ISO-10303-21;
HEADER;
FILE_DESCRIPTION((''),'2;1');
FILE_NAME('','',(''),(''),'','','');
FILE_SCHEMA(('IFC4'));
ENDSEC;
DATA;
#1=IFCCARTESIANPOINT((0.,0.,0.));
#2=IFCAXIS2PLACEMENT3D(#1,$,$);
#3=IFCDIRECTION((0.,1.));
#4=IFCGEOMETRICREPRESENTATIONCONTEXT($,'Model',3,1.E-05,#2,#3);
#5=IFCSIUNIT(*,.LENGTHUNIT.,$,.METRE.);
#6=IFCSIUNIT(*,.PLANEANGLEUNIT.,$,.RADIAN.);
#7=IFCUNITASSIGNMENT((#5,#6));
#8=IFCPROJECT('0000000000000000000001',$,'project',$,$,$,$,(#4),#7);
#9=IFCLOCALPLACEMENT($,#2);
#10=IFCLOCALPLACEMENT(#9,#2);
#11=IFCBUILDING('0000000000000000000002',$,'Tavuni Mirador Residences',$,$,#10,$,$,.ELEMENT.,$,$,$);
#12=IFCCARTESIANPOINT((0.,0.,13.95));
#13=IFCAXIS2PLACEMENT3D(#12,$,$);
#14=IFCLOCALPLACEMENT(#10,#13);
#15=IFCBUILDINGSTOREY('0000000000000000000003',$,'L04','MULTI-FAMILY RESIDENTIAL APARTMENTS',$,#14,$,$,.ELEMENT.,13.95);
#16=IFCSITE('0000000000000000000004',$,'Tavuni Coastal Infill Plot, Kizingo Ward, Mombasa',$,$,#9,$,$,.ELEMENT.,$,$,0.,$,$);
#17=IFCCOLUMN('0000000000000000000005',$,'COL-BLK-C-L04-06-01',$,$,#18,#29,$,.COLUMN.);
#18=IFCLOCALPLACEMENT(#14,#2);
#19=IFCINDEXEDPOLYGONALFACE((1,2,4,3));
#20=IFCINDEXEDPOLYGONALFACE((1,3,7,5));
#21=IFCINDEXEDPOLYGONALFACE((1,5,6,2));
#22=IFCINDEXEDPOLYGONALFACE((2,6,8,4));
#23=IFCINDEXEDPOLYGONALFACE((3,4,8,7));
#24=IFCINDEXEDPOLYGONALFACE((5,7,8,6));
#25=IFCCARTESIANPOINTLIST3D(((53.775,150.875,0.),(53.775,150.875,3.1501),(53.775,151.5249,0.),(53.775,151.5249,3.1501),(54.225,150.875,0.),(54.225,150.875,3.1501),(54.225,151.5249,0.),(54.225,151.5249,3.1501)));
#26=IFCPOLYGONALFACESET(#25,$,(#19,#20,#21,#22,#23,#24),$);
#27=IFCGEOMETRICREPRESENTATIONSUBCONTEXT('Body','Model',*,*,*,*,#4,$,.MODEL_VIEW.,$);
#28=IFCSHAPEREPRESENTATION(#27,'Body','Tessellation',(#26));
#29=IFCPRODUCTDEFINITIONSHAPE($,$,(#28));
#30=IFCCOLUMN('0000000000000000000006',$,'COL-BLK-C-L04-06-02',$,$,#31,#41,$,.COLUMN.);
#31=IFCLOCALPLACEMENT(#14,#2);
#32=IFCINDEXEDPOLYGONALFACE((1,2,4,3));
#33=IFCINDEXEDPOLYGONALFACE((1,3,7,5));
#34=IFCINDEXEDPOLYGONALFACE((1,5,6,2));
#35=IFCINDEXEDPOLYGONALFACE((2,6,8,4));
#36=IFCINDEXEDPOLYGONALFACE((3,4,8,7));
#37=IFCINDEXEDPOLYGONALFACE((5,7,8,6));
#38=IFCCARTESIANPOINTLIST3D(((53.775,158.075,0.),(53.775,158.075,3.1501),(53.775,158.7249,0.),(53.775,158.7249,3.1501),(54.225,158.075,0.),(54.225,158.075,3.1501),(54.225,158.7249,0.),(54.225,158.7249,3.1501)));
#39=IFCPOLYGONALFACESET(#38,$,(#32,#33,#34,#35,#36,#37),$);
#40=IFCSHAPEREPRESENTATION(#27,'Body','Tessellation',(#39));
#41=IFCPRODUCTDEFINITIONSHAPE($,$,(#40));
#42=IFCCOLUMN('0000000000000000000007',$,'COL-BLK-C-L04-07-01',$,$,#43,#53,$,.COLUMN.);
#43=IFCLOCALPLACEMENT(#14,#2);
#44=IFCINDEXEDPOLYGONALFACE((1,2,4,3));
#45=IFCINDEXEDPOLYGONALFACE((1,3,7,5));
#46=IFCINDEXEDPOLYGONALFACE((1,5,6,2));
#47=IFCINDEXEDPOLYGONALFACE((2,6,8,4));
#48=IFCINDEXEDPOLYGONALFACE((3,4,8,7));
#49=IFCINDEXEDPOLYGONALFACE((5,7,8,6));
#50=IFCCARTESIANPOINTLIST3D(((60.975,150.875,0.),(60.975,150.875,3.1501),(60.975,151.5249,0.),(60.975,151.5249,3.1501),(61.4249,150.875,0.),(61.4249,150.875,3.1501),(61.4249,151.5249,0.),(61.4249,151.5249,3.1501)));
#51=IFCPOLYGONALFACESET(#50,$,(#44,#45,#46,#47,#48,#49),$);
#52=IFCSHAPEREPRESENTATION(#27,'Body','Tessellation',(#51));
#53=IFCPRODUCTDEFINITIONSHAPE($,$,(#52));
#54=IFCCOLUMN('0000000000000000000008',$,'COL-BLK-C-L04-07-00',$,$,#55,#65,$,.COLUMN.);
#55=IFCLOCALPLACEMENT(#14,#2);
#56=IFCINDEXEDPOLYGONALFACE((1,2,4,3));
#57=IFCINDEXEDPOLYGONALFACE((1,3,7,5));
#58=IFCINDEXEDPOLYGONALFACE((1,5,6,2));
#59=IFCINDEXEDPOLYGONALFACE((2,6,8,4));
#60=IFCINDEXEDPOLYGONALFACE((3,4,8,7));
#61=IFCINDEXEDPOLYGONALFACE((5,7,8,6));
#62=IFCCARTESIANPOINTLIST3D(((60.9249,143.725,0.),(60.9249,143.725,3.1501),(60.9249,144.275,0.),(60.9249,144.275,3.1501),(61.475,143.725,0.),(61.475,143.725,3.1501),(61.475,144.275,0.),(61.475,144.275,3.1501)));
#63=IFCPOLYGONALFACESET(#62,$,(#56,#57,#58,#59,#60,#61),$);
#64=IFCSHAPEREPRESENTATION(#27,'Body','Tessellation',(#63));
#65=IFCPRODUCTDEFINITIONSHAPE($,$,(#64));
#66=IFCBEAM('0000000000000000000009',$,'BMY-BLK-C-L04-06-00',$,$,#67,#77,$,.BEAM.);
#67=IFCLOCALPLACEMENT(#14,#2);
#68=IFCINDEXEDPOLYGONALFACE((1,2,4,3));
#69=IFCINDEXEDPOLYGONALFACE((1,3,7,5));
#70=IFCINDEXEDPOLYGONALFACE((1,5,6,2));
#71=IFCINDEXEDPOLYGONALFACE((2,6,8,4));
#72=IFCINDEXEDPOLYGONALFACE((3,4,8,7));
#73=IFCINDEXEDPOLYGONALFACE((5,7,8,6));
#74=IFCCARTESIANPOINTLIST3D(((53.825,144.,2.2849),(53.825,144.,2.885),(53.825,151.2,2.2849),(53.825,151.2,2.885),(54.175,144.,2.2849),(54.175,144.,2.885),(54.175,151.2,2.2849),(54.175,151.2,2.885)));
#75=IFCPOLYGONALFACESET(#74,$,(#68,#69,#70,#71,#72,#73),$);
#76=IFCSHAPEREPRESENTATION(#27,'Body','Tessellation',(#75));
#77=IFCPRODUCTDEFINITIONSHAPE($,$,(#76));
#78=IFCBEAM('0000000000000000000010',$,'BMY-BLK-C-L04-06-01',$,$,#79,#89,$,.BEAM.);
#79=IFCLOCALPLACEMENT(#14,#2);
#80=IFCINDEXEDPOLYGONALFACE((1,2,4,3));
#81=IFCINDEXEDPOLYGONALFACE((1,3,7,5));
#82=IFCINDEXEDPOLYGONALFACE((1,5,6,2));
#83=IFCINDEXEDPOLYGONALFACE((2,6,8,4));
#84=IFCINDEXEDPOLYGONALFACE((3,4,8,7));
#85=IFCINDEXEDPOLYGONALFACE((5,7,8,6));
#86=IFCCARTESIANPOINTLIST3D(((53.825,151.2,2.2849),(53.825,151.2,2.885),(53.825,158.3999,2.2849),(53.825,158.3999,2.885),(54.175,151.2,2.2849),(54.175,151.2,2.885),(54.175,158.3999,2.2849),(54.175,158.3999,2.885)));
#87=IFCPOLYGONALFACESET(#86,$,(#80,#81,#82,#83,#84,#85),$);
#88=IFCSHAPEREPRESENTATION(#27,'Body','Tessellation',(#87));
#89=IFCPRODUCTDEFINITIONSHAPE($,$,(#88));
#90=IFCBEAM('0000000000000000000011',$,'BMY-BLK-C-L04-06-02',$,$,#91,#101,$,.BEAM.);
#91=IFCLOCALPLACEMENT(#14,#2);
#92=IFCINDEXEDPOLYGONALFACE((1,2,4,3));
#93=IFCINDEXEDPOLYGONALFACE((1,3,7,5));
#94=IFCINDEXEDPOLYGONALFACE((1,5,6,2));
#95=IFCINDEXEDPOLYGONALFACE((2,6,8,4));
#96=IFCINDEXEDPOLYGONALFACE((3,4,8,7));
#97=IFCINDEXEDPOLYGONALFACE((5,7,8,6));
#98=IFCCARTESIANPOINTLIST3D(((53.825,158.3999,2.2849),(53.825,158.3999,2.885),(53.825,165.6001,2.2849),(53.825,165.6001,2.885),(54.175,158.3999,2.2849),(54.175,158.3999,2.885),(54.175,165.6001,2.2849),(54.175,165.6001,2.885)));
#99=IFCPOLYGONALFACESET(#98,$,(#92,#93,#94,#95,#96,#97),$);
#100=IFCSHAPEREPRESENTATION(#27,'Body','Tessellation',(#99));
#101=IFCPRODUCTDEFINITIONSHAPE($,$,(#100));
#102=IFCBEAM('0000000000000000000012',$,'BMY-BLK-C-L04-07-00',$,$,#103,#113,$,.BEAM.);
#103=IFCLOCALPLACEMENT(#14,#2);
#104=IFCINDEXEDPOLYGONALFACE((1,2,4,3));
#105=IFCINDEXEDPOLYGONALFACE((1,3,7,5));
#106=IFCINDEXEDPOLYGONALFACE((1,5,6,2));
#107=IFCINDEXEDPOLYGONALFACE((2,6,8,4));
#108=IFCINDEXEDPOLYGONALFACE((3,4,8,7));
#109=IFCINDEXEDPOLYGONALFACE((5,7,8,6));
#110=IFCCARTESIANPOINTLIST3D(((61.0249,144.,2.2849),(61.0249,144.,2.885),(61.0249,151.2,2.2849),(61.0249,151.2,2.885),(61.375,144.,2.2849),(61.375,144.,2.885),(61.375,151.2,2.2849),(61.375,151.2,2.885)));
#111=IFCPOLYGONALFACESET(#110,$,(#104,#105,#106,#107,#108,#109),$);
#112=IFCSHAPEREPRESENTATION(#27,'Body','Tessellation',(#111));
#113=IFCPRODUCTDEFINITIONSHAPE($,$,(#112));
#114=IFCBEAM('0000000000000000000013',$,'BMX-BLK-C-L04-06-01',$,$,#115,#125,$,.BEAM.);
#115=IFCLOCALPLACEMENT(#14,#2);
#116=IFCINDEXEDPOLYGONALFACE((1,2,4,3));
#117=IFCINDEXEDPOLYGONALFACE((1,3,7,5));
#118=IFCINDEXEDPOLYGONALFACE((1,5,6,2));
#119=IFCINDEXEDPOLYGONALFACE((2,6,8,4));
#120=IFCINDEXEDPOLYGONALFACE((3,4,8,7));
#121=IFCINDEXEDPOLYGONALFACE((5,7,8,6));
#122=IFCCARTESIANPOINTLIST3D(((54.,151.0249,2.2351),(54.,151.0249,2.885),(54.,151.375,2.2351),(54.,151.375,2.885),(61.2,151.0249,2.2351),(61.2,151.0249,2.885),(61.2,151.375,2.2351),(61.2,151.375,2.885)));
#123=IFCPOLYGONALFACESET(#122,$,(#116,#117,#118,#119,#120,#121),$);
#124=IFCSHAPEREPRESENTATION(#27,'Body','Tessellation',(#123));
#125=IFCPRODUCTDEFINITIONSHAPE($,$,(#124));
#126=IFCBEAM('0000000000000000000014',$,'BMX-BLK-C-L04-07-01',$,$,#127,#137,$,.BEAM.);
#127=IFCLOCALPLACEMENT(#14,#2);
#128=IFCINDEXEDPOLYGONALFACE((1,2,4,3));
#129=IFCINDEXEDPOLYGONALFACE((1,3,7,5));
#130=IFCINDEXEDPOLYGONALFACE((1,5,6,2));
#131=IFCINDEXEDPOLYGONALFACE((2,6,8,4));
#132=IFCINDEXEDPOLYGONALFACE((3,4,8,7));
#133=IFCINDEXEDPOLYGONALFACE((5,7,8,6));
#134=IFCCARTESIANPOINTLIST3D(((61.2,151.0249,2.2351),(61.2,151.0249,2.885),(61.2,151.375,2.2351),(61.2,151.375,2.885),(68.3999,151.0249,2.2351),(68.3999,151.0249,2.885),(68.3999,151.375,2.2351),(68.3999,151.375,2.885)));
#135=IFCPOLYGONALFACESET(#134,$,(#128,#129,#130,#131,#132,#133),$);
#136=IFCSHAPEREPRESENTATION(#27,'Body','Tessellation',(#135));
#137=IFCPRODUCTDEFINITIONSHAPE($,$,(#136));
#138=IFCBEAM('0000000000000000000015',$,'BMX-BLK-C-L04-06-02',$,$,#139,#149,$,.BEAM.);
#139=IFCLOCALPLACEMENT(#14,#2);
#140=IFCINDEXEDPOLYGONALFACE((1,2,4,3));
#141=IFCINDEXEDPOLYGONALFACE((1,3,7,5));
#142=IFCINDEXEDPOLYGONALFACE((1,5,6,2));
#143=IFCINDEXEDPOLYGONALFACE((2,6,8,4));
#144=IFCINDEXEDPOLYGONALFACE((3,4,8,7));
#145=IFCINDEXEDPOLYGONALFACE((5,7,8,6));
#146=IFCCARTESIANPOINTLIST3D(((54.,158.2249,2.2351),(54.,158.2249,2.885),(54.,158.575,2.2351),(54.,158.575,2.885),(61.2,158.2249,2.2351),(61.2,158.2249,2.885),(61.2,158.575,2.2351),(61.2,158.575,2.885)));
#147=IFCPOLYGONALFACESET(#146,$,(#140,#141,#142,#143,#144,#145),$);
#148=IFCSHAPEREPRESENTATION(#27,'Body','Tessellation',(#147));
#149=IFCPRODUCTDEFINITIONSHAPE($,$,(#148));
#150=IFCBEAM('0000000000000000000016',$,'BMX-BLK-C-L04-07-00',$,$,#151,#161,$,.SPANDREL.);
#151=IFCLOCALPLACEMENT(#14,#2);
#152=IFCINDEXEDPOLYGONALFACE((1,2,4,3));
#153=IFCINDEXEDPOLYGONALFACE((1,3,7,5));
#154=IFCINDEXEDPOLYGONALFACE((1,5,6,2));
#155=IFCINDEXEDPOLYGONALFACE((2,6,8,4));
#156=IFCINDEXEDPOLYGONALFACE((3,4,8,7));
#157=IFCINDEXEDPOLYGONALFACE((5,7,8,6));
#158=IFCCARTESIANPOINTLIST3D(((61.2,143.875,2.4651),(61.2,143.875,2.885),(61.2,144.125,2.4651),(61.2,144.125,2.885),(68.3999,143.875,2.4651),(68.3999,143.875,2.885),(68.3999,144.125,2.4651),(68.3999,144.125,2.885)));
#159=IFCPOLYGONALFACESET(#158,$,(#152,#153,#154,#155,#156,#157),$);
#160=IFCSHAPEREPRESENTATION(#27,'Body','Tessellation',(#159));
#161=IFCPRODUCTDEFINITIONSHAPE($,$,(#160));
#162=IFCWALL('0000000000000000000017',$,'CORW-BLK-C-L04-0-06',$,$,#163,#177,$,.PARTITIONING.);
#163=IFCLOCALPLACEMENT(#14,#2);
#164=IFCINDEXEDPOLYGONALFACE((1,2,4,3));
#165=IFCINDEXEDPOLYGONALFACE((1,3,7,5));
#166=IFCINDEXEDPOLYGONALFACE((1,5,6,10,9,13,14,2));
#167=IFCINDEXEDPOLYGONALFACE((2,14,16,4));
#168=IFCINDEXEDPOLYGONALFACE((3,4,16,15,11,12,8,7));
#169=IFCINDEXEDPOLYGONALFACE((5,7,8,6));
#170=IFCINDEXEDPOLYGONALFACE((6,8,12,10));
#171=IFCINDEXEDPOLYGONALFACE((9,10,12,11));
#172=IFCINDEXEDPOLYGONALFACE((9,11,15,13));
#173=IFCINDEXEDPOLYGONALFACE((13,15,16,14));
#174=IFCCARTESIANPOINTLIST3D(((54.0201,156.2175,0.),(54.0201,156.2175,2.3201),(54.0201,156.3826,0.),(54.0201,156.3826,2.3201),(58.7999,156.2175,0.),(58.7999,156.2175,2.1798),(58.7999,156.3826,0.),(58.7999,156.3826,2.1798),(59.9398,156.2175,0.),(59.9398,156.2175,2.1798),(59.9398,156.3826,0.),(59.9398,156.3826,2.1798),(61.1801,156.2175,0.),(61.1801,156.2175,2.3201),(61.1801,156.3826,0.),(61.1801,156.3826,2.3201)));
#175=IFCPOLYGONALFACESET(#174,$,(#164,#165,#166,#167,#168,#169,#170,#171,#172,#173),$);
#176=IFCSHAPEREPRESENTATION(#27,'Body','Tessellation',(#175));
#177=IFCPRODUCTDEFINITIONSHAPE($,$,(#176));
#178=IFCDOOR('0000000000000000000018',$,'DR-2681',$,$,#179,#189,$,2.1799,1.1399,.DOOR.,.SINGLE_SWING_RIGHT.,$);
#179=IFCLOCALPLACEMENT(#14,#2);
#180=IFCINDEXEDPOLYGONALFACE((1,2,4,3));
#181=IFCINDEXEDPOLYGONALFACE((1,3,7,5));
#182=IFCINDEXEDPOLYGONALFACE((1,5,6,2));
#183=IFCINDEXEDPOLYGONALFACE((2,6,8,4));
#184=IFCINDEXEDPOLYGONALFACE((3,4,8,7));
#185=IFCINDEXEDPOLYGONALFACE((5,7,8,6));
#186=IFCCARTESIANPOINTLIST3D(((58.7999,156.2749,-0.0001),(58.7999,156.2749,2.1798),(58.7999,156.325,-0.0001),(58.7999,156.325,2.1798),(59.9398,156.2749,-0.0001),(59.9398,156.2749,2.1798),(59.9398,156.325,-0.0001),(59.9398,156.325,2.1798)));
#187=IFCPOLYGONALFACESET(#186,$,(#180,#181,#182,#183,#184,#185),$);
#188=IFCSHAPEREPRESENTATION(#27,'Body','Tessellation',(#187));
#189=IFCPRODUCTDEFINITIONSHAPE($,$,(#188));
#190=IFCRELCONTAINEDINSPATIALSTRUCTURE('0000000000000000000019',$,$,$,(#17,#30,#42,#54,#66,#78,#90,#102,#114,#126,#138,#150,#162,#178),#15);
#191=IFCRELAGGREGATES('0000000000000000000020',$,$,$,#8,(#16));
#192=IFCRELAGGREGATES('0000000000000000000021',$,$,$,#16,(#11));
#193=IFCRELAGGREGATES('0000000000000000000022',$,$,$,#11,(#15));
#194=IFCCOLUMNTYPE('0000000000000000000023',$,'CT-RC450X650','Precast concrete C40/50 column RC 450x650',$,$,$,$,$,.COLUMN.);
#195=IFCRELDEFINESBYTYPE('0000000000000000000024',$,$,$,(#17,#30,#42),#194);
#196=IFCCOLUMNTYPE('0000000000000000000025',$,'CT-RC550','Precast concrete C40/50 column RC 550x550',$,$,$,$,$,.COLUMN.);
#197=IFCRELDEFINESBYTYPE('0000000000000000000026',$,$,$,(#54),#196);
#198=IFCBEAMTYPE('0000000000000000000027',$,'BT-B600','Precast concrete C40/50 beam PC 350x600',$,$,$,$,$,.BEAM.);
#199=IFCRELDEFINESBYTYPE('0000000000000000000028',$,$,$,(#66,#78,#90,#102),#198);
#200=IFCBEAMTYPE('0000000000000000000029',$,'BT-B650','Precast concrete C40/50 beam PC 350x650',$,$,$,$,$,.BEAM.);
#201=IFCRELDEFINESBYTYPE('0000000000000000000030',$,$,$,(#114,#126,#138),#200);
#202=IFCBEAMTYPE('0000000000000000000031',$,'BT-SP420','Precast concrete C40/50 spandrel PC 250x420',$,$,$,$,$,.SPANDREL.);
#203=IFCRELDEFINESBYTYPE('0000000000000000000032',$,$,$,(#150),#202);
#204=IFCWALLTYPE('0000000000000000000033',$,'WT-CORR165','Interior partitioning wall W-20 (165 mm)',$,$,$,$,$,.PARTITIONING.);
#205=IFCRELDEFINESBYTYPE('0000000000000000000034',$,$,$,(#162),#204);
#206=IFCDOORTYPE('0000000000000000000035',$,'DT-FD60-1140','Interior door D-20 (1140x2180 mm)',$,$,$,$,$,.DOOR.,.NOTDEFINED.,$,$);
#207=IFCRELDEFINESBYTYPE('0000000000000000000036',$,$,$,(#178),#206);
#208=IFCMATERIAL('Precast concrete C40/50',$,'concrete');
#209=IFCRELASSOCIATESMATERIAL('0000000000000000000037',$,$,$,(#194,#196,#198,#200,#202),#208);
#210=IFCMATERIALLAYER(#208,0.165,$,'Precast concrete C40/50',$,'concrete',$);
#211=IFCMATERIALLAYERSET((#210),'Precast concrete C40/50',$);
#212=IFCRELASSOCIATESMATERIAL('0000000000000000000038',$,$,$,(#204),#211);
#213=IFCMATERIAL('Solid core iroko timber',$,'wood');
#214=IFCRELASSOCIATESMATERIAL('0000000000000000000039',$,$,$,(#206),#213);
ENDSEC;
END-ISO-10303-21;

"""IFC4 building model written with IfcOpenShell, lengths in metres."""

from ifc_helpers import new_model, si_unit, direction, frame, frame_2d, origin, origin_2d, place, context, subcontext, project, spatial, rectangle, extrude, material, layer, layer_set, material_profile, profile_set, type_object, element, fill, save


model = new_model("IFC4")

# Units and contexts
model_context = context("Model", 3, precision=1e-05, world=origin(), true_north=direction((0.0, 1.0)))
body_context = subcontext(model_context, "Body", "Model", "MODEL_VIEW")
ifc_project = project(units=[si_unit("LENGTHUNIT", "METRE"), si_unit("PLANEANGLEUNIT", "RADIAN")], contexts=[model_context])

# Site, building, storey
site_placement = place(None, origin())
site = spatial("IfcSite", under=ifc_project, at=site_placement, Name="Tavuni Coastal Infill Plot, Kizingo Ward, Mombasa", CompositionType="ELEMENT", RefElevation=0.0)
building_placement = place(site_placement, origin())
building = spatial("IfcBuilding", under=site, at=building_placement, Name="Tavuni Mirador Residences", CompositionType="ELEMENT")
storey_placement = place(building_placement, frame((0.0, 0.0, 13.95)))
storey = spatial("IfcBuildingStorey", under=building, at=storey_placement, Name="L04", Description="MULTI-FAMILY RESIDENTIAL APARTMENTS", CompositionType="ELEMENT", Elevation=13.95)

# Columns
ifc_material_1 = material(Name="Precast concrete C40/50", Category="concrete")
ifc_material_profile_1 = material_profile(ifc_material_1, rectangle(XDim=0.45, YDim=0.6499, at=origin_2d()), Name="RC 450x650", Category="concrete")
ifc_profile_set_1 = profile_set([ifc_material_profile_1], Name="Precast concrete C40/50")
column_type_1 = type_object("IfcColumnType", Name="CT-RC450X650", Description="Precast concrete C40/50 column RC 450x650", PredefinedType="COLUMN", material=ifc_profile_set_1)
for number, where, z_axis, x_axis, name in (
    (1, (54.0, 151.2, 0.0), (0.0, 0.0, 1.0), (1.0, 0.0, 0.0), "COL-BLK-C-L04-06-01"),
    (2, (54.0, 158.3999, 0.0), (0.0, 0.0, 1.0), (1.0, 0.0, 0.0), "COL-BLK-C-L04-06-02"),
    (3, (61.2, 151.2, 0.0), (0.0, 0.0, 1.0), (1.0, 0.0, 0.0), "COL-BLK-C-L04-07-01"),
):
    element("IfcColumn", number, at=place(storey_placement, frame(where, z_axis=z_axis, x_axis=x_axis)), inside=storey, type_object=column_type_1, Name=name, PredefinedType="COLUMN", context=body_context, shape_type="SweptSolid", body=[
        extrude(rectangle(XDim=0.45, YDim=0.6499, at=origin_2d()), origin(), (0.0, 0.0, 1.0), 3.1501),
    ])
ifc_material_profile_2 = material_profile(ifc_material_1, rectangle(XDim=0.55, YDim=0.55, at=origin_2d()), Name="RC 550x550", Category="concrete")
ifc_profile_set_2 = profile_set([ifc_material_profile_2], Name="Precast concrete C40/50")
column_type_2 = type_object("IfcColumnType", Name="CT-RC550", Description="Precast concrete C40/50 column RC 550x550", PredefinedType="COLUMN", material=ifc_profile_set_2)
column_placement = place(storey_placement, frame((61.2, 144.0, 0.0), z_axis=(0.0, 0.0, 1.0), x_axis=(1.0, 0.0, 0.0)))
element("IfcColumn", 4, at=column_placement, inside=storey, type_object=column_type_2, Name="COL-BLK-C-L04-07-00", PredefinedType="COLUMN", context=body_context, shape_type="SweptSolid", body=[
    extrude(rectangle(XDim=0.55, YDim=0.55, at=origin_2d()), origin(), (0.0, 0.0, 1.0), 3.1501),
])

# Beams
ifc_material_profile_3 = material_profile(ifc_material_1, rectangle(XDim=0.3501, YDim=0.6001, at=origin_2d()), Name="PC 350x600", Category="concrete")
ifc_profile_set_3 = profile_set([ifc_material_profile_3], Name="Precast concrete C40/50")
beam_type_1 = type_object("IfcBeamType", Name="BT-B600", Description="Precast concrete C40/50 beam PC 350x600", PredefinedType="BEAM", material=ifc_profile_set_3)
for number, where, z_axis, x_axis, name in (
    (5, (54.0, 144.0, 2.585), (0.0, 1.0, 0.0), (-1.0, 0.0, 0.0), "BMY-BLK-C-L04-06-00"),
    (6, (54.0, 151.2, 2.585), (0.0, 1.0, 0.0), (-1.0, 0.0, 0.0), "BMY-BLK-C-L04-06-01"),
):
    element("IfcBeam", number, at=place(storey_placement, frame(where, z_axis=z_axis, x_axis=x_axis)), inside=storey, type_object=beam_type_1, Name=name, PredefinedType="BEAM", context=body_context, shape_type="SweptSolid", body=[
        extrude(rectangle(XDim=0.3501, YDim=0.6001, at=origin_2d()), origin(), (0.0, 0.0, 1.0), 7.2),
    ])
beam_1_placement = place(storey_placement, frame((54.0, 158.3999, 2.585), z_axis=(0.0, 1.0, 0.0), x_axis=(-1.0, 0.0, 0.0)))
element("IfcBeam", 7, at=beam_1_placement, inside=storey, type_object=beam_type_1, Name="BMY-BLK-C-L04-06-02", PredefinedType="BEAM", context=body_context, shape_type="SweptSolid", body=[
    extrude(rectangle(XDim=0.3501, YDim=0.6001, at=origin_2d()), origin(), (0.0, 0.0, 1.0), 7.2002),
])
beam_2_placement = place(storey_placement, frame((61.2, 144.0, 2.585), z_axis=(0.0, 1.0, 0.0), x_axis=(-1.0, 0.0, 0.0)))
element("IfcBeam", 8, at=beam_2_placement, inside=storey, type_object=beam_type_1, Name="BMY-BLK-C-L04-07-00", PredefinedType="BEAM", context=body_context, shape_type="SweptSolid", body=[
    extrude(rectangle(XDim=0.3501, YDim=0.6001, at=origin_2d()), origin(), (0.0, 0.0, 1.0), 7.2),
])
ifc_material_profile_4 = material_profile(ifc_material_1, rectangle(XDim=0.3501, YDim=0.6499, at=origin_2d()), Name="PC 350x650", Category="concrete")
ifc_profile_set_4 = profile_set([ifc_material_profile_4], Name="Precast concrete C40/50")
beam_type_2 = type_object("IfcBeamType", Name="BT-B650", Description="Precast concrete C40/50 beam PC 350x650", PredefinedType="BEAM", material=ifc_profile_set_4)
for number, where, z_axis, x_axis, name in (
    (9, (54.0, 151.2, 2.5601), (1.0, 0.0, 0.0), (0.0, 1.0, 0.0), "BMX-BLK-C-L04-06-01"),
    (10, (61.2, 151.2, 2.5601), (1.0, 0.0, 0.0), (0.0, 1.0, 0.0), "BMX-BLK-C-L04-07-01"),
    (11, (54.0, 158.3999, 2.5601), (1.0, 0.0, 0.0), (0.0, 1.0, 0.0), "BMX-BLK-C-L04-06-02"),
):
    element("IfcBeam", number, at=place(storey_placement, frame(where, z_axis=z_axis, x_axis=x_axis)), inside=storey, type_object=beam_type_2, Name=name, PredefinedType="BEAM", context=body_context, shape_type="SweptSolid", body=[
        extrude(rectangle(XDim=0.3501, YDim=0.6499, at=origin_2d()), origin(), (0.0, 0.0, 1.0), 7.2),
    ])
ifc_material_profile_5 = material_profile(ifc_material_1, rectangle(XDim=0.25, YDim=0.4199, at=origin_2d()), Name="PC 250x420", Category="concrete")
ifc_profile_set_5 = profile_set([ifc_material_profile_5], Name="Precast concrete C40/50")
beam_type_3 = type_object("IfcBeamType", Name="BT-SP420", Description="Precast concrete C40/50 spandrel PC 250x420", PredefinedType="SPANDREL", material=ifc_profile_set_5)
beam_3_placement = place(storey_placement, frame((61.2, 144.0, 2.675), z_axis=(1.0, 0.0, 0.0), x_axis=(0.0, 1.0, 0.0)))
element("IfcBeam", 12, at=beam_3_placement, inside=storey, type_object=beam_type_3, Name="BMX-BLK-C-L04-07-00", PredefinedType="SPANDREL", context=body_context, shape_type="SweptSolid", body=[
    extrude(rectangle(XDim=0.25, YDim=0.4199, at=origin_2d()), origin(), (0.0, 0.0, 1.0), 7.2),
])

# Wall, opening, door
ifc_layer_1 = layer(ifc_material_1, 0.165, Name="Precast concrete C40/50", Category="concrete")
ifc_layer_set_1 = layer_set([ifc_layer_1], Name="Precast concrete C40/50")
wall_type_1 = type_object("IfcWallType", Name="WT-CORR165", Description="Interior partitioning wall W-20 (165 mm)", PredefinedType="PARTITIONING", material=ifc_layer_set_1)
wall_1_placement = place(storey_placement, frame((54.02, 156.3, 0.0), z_axis=(0.0, 0.0, 1.0), x_axis=(1.0, 0.0, 0.0)))
wall_1 = element("IfcWall", 13, at=wall_1_placement, inside=storey, type_object=wall_type_1, Name="CORW-BLK-C-L04-0-06", PredefinedType="PARTITIONING", context=body_context, shape_type="SweptSolid", body=[
    extrude(rectangle(XDim=7.1599, YDim=0.165, at=frame_2d((3.5801, 0.0))), origin(), (0.0, 0.0, 1.0), 2.3201),
])
opening_1_placement = place(wall_1_placement, frame((4.78, 0.0, 0.0)))
opening_1 = element("IfcOpeningElement", 14, at=opening_1_placement, cuts=wall_1, PredefinedType="OPENING", context=body_context, shape_type="SweptSolid", body=[
    extrude(rectangle(XDim=1.1399, YDim=2.1799, at=frame_2d((0.5698, 1.0898))), frame((0.0, 0.0925, 0.0), z_axis=(0.0, -1.0, 0.0), x_axis=(1.0, 0.0, 0.0)), (0.0, 0.0, 1.0), 0.1851),
])
ifc_material_2 = material(Name="Solid core iroko timber", Category="wood")
door_type_1 = type_object("IfcDoorType", Name="DT-FD60-1140", Description="Interior door D-20 (1140x2180 mm)", OperationType="NOTDEFINED", PredefinedType="DOOR", material=ifc_material_2)
door_1_placement = place(opening_1_placement, origin())
door_1 = element("IfcDoor", 15, at=door_1_placement, inside=storey, type_object=door_type_1, Name="DR-2681", OperationType="SINGLE_SWING_RIGHT", OverallHeight=2.1799, OverallWidth=1.1399, PredefinedType="DOOR", context=body_context, shape_type="SweptSolid", body=[
    extrude(rectangle(XDim=1.1399, YDim=2.1799, at=frame_2d((0.5698, 1.0898))), frame((0.0, 0.0249, 0.0), z_axis=(0.0, -1.0, 0.0), x_axis=(1.0, 0.0, 0.0)), (0.0, 0.0, 1.0), 0.05),
])
fill(opening_1, door_1)

save(model, "model.ifc")
